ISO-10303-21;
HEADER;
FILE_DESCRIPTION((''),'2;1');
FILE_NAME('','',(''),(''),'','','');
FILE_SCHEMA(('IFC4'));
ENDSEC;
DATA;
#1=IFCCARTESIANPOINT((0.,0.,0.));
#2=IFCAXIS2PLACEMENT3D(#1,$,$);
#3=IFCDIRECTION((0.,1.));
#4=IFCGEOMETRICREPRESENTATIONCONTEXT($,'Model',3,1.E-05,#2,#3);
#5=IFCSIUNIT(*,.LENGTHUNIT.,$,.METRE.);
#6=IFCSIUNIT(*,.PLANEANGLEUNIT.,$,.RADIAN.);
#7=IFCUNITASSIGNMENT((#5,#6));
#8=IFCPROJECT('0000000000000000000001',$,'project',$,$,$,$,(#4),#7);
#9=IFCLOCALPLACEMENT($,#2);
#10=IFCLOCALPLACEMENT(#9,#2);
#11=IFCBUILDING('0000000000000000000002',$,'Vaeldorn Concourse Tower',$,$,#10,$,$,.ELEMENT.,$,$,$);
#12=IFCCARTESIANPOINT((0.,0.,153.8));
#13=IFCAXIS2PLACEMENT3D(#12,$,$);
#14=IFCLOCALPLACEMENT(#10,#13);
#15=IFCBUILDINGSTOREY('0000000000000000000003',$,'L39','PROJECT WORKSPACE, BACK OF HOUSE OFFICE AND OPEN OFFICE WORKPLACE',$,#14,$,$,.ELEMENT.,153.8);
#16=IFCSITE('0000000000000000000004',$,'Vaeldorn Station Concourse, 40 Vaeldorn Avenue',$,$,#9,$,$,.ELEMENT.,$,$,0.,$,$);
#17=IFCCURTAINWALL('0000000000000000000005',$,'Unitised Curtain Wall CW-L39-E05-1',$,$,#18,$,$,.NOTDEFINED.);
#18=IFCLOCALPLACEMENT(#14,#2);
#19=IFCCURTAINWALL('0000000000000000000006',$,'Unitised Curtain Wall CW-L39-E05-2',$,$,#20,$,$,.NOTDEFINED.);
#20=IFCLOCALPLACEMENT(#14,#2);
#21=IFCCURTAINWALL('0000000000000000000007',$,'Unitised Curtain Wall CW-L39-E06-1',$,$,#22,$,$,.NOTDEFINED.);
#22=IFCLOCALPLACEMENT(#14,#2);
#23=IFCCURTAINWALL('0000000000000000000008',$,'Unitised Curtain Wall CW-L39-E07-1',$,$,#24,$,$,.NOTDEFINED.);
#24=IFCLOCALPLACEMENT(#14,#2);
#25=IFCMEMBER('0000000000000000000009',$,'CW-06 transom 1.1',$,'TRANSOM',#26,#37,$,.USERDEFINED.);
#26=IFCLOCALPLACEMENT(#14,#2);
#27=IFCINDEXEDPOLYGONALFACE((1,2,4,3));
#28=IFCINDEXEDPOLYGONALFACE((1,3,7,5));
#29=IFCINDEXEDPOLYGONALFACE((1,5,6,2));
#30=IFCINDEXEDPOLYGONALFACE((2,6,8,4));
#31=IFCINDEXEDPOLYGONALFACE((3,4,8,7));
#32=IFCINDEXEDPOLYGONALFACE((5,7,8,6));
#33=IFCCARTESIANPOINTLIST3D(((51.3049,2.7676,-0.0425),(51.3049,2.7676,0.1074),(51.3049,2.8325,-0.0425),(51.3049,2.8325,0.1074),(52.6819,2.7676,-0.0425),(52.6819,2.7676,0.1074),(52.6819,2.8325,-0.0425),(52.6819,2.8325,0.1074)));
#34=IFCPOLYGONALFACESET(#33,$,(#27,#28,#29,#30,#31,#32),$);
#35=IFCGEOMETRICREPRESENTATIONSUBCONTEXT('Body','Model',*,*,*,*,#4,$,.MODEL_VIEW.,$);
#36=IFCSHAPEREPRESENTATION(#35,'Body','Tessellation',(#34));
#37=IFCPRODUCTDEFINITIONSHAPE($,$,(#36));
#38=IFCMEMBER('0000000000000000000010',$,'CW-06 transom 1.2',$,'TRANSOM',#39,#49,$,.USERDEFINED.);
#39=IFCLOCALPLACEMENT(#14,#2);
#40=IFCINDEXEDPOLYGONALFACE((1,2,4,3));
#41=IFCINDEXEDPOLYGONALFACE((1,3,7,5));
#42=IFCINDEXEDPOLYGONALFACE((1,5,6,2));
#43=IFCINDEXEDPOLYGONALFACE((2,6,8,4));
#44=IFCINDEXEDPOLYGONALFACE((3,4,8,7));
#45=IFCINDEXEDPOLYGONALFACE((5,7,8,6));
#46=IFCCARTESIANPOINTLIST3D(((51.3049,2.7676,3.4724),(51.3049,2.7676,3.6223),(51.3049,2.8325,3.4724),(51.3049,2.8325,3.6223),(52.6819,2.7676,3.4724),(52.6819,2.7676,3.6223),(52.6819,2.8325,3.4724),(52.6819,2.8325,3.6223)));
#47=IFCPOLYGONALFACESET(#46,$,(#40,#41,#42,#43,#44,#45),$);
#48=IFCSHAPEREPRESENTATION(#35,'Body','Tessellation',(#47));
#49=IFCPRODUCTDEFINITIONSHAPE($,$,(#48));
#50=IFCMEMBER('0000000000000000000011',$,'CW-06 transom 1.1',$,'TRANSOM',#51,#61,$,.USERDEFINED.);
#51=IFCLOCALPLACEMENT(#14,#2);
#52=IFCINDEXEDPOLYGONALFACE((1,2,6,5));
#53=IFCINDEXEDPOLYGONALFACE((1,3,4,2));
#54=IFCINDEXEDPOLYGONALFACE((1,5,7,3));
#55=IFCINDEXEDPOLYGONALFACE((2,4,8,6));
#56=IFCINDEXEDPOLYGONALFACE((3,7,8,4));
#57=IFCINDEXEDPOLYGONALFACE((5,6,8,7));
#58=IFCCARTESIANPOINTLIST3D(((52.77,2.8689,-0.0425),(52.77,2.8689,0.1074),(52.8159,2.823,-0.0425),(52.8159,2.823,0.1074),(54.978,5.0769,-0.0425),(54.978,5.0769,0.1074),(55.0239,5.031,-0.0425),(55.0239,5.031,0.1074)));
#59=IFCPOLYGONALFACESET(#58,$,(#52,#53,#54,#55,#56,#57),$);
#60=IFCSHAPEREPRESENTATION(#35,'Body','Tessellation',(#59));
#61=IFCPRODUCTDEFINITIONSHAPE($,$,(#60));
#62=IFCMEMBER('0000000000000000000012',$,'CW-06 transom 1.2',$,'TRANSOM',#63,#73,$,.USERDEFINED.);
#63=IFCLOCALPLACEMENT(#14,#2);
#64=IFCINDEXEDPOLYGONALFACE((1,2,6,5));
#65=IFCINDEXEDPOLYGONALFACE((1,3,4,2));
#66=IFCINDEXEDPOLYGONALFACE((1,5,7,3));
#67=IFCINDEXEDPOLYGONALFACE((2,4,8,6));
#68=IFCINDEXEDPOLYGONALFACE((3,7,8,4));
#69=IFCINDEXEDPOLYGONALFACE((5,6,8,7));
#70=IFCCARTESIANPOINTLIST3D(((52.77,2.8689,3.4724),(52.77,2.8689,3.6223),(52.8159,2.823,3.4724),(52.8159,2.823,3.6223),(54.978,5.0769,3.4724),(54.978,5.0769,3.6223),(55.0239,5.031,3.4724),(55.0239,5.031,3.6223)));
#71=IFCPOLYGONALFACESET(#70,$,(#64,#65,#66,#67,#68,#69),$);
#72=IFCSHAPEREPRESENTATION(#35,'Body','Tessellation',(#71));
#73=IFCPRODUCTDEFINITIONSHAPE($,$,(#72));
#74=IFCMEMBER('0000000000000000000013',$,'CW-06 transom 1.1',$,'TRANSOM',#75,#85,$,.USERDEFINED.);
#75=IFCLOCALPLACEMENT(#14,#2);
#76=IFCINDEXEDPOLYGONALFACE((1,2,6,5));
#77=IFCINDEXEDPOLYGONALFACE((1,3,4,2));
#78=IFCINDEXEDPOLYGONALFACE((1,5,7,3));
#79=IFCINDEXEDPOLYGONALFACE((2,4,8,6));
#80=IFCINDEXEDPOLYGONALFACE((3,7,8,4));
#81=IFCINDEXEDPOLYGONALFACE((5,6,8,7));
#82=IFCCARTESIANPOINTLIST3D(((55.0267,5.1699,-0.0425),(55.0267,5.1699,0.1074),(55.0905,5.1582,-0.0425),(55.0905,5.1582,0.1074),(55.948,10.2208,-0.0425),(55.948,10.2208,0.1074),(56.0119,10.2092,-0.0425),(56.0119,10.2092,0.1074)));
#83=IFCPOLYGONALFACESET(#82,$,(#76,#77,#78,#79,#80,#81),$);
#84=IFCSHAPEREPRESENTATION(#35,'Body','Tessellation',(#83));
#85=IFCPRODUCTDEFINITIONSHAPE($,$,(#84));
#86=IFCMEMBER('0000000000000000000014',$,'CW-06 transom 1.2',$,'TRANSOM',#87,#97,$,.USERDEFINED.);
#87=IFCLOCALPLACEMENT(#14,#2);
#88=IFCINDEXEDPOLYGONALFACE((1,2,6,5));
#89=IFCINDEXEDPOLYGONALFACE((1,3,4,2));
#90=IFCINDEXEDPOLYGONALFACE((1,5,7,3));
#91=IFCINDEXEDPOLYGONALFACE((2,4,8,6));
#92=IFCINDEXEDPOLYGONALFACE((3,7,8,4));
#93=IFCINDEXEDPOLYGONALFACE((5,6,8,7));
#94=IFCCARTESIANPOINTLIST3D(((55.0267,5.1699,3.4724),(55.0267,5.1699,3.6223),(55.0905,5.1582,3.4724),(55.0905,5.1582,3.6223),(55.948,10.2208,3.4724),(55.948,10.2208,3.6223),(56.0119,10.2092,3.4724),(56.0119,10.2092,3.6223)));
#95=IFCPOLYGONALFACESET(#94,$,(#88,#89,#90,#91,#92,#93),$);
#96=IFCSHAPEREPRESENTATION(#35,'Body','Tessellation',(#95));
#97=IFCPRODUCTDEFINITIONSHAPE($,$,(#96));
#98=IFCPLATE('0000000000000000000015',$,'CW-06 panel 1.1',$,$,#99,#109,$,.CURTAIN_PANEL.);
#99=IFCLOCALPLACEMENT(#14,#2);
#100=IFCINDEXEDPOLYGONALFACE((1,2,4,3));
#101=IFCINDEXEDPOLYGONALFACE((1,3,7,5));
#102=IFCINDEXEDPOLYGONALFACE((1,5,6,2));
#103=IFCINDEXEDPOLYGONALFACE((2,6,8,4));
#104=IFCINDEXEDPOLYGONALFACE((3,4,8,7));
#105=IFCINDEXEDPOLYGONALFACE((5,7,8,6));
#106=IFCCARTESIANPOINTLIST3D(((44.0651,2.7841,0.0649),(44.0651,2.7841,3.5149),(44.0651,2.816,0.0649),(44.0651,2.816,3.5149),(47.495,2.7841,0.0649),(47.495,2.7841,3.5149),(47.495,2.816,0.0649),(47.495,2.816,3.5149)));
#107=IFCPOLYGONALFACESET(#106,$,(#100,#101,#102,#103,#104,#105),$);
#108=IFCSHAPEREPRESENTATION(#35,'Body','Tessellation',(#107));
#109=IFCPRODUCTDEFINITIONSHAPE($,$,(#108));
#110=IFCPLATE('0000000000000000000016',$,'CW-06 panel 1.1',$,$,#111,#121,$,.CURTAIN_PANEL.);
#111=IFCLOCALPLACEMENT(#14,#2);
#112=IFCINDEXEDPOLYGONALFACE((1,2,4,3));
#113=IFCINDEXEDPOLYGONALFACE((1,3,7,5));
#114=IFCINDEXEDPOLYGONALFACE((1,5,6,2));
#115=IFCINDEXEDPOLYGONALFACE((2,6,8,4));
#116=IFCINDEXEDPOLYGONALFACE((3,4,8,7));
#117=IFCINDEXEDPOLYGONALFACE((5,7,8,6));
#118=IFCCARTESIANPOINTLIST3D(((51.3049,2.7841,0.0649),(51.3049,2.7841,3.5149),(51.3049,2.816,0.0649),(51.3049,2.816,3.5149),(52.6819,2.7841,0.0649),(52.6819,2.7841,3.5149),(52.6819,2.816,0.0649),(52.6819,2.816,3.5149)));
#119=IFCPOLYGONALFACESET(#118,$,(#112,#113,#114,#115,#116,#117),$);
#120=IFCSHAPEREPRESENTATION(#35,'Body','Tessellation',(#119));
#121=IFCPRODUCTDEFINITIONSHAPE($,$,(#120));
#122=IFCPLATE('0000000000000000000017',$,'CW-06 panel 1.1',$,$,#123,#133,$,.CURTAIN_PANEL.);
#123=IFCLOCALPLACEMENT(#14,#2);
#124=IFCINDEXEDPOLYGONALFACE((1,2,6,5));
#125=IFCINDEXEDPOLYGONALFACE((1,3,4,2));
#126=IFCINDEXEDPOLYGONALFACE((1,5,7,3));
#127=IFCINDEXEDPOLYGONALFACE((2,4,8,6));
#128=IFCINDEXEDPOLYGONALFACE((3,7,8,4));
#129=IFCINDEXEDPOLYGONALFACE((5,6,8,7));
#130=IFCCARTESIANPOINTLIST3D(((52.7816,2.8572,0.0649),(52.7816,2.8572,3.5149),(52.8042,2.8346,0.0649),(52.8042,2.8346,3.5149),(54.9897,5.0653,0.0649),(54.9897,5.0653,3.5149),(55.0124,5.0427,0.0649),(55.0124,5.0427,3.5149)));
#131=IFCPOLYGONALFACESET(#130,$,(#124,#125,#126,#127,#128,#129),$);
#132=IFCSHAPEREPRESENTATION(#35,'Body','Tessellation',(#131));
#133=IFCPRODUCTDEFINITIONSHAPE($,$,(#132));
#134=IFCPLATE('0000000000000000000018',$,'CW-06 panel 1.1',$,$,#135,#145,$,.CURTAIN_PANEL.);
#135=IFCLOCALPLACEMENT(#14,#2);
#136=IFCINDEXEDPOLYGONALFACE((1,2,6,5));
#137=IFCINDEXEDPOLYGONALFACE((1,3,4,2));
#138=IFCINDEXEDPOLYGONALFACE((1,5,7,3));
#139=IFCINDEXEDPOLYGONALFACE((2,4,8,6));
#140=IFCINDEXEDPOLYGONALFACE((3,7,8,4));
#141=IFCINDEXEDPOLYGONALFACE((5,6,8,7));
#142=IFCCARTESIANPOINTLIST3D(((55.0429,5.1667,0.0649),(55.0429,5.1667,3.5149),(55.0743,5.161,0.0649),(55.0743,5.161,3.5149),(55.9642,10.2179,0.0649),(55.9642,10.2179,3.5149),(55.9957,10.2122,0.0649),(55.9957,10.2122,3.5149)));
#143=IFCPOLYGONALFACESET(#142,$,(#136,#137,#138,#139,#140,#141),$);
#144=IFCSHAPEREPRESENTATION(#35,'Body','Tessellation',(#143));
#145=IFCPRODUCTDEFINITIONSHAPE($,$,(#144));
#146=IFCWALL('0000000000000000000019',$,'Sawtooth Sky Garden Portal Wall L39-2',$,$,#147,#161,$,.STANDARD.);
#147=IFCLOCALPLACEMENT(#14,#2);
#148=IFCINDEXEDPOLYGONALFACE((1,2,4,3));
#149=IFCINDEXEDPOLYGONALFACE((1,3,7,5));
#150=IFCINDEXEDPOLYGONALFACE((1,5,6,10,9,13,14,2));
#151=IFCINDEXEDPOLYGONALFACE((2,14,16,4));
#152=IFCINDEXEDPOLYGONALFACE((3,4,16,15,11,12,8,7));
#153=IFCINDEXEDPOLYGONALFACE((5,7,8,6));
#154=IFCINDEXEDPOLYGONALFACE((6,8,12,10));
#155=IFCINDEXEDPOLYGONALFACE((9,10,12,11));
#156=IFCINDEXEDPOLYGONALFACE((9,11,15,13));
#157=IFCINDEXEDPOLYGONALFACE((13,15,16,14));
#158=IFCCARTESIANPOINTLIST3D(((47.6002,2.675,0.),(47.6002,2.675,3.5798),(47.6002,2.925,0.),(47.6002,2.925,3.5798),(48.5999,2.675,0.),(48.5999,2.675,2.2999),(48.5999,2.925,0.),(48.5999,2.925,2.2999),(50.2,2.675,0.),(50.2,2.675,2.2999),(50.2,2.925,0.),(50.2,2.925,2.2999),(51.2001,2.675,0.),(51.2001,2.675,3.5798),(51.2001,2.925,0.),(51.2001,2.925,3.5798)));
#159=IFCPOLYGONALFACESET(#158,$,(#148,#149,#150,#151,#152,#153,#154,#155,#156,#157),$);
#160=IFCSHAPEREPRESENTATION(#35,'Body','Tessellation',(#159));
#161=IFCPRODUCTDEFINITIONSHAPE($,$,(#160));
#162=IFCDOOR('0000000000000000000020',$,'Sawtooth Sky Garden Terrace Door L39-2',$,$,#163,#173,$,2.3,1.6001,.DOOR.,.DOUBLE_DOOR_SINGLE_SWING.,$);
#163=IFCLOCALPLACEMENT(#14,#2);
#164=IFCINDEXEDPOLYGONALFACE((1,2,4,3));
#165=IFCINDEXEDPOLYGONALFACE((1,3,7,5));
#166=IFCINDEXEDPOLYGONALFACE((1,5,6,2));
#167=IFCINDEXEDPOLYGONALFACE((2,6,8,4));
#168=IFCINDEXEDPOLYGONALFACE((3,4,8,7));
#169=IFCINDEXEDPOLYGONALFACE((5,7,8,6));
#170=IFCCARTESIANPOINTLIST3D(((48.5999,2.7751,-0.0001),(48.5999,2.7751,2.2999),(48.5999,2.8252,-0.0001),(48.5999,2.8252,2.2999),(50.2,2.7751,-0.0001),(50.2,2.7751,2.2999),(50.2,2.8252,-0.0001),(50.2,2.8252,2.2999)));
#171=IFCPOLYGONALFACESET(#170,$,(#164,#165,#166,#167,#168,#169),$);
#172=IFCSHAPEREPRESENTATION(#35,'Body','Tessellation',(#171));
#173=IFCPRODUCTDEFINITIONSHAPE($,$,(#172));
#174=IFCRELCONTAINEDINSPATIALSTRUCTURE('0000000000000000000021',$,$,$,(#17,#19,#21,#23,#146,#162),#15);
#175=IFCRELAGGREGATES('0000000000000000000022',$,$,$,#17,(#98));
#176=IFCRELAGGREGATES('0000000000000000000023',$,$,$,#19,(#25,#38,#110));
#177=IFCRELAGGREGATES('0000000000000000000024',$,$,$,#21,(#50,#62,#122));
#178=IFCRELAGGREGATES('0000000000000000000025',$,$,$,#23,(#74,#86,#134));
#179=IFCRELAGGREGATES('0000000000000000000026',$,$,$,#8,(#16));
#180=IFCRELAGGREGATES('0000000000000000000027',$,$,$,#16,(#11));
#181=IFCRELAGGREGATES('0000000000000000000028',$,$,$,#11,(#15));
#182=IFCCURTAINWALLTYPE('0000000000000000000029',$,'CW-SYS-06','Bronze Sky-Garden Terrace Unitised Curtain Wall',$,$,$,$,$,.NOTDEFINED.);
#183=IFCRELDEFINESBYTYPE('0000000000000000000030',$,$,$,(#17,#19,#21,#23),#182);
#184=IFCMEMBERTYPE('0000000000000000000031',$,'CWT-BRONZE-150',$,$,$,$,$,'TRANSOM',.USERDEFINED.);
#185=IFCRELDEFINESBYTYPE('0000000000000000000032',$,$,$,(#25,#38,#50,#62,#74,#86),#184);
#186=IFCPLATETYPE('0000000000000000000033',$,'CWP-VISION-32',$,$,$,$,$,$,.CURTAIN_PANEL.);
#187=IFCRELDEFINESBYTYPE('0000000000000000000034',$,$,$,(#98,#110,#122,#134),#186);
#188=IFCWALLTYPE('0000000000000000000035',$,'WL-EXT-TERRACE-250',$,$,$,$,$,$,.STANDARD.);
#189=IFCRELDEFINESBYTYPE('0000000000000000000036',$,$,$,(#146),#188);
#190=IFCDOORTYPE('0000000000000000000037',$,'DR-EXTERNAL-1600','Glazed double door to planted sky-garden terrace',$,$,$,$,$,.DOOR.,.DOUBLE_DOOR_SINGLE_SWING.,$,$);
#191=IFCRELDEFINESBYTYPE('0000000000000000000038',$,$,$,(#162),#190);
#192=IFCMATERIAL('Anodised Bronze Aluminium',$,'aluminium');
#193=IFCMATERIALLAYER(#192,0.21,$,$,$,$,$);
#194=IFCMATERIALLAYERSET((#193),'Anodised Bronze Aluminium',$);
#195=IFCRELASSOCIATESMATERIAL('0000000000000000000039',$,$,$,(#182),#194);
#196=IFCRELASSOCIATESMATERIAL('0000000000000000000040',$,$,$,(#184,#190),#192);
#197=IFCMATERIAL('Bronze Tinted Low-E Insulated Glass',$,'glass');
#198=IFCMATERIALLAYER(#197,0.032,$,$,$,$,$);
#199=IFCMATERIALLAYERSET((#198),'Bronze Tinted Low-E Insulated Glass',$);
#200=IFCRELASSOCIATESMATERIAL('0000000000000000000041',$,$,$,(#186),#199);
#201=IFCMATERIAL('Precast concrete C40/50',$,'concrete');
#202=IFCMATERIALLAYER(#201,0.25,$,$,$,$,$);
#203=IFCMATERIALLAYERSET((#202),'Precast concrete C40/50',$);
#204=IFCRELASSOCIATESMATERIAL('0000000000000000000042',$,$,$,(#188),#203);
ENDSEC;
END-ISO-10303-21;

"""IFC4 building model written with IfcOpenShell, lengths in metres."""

from ifc_helpers import new_model, si_unit, direction, frame, frame_2d, origin, origin_2d, place, context, subcontext, project, spatial, rectangle, extrude, source, transform, mapped, material, layer, layer_set, material_profile, profile_set, type_object, element, fill, aggregate, save


model = new_model("IFC4")

# Units and contexts
model_context = context("Model", 3, precision=1e-05, world=origin(), true_north=direction((0.0, 1.0)))
body_context = subcontext(model_context, "Body", "Model", "MODEL_VIEW")
ifc_project = project(units=[si_unit("LENGTHUNIT", "METRE"), si_unit("PLANEANGLEUNIT", "RADIAN")], contexts=[model_context])

# Site, building, storey
site_placement = place(None, origin())
site = spatial("IfcSite", under=ifc_project, at=site_placement, Name="Vaeldorn Station Concourse, 40 Vaeldorn Avenue", CompositionType="ELEMENT", RefElevation=0.0)
building_placement = place(site_placement, origin())
building = spatial("IfcBuilding", under=site, at=building_placement, Name="Vaeldorn Concourse Tower", CompositionType="ELEMENT")
storey_placement = place(building_placement, frame((0.0, 0.0, 153.8)))
storey = spatial("IfcBuildingStorey", under=building, at=storey_placement, Name="L39", Description="PROJECT WORKSPACE, BACK OF HOUSE OFFICE AND OPEN OFFICE WORKPLACE", CompositionType="ELEMENT", Elevation=153.8)

# Curtain wall
ifc_material_1 = material(Name="Anodised Bronze Aluminium", Category="aluminium")
ifc_layer_1 = layer(ifc_material_1, 0.21)
ifc_layer_set_1 = layer_set([ifc_layer_1], Name="Anodised Bronze Aluminium")
curtain_wall_type = type_object("IfcCurtainWallType", Name="CW-SYS-06", Description="Bronze Sky-Garden Terrace Unitised Curtain Wall", PredefinedType="NOTDEFINED", material=ifc_layer_set_1)
curtain_wall_1_placement = place(storey_placement, origin())
curtain_wall_1 = element("IfcCurtainWall", 1, at=curtain_wall_1_placement, inside=storey, type_object=curtain_wall_type, Name="Unitised Curtain Wall CW-L39-E05-1", PredefinedType="NOTDEFINED")

# Curtain walls
curtain_wall_2_placement = place(storey_placement, origin())
curtain_wall_2 = element("IfcCurtainWall", 2, at=curtain_wall_2_placement, inside=storey, type_object=curtain_wall_type, Name="Unitised Curtain Wall CW-L39-E05-2", PredefinedType="NOTDEFINED")
curtain_wall_3_placement = place(storey_placement, origin())
curtain_wall_3 = element("IfcCurtainWall", 3, at=curtain_wall_3_placement, inside=storey, type_object=curtain_wall_type, Name="Unitised Curtain Wall CW-L39-E06-1", PredefinedType="NOTDEFINED")
curtain_wall_4_placement = place(storey_placement, origin())
curtain_wall_4 = element("IfcCurtainWall", 4, at=curtain_wall_4_placement, inside=storey, type_object=curtain_wall_type, Name="Unitised Curtain Wall CW-L39-E07-1", PredefinedType="NOTDEFINED")

# Members
ifc_material_profile_1 = material_profile(ifc_material_1, rectangle(XDim=0.0649, YDim=0.1499, at=origin_2d()), Name="CWT 65x150")
ifc_profile_set_1 = profile_set([ifc_material_profile_1], Name="Anodised Bronze Aluminium")
member_type_1 = type_object("IfcMemberType", Name="CWT-BRONZE-150", ElementType="TRANSOM", PredefinedType="USERDEFINED", material=ifc_profile_set_1)
shared_shape_1 = source(origin(), body_context, "Body", "SweptSolid", [
    extrude(rectangle(XDim=0.0649, YDim=0.1499, at=origin_2d()), origin(), (0.0, 0.0, 1.0), 1.377),
])
member_1_placement = place(storey_placement, frame((51.3049, 2.8, 0.0325), z_axis=(1.0, 0.0, 0.0), x_axis=(0.0, 1.0, 0.0)))
member_1 = element("IfcMember", 5, at=member_1_placement, type_object=member_type_1, Name="CW-06 transom 1.1", ObjectType="TRANSOM", PredefinedType="USERDEFINED", context=body_context, shape_type="MappedRepresentation", body=[
    mapped(shared_shape_1, transform((0.0, 0.0, 0.0), scale=1.0)),
])
member_2_placement = place(storey_placement, frame((51.3049, 2.8, 3.5474), z_axis=(1.0, 0.0, 0.0), x_axis=(0.0, 1.0, 0.0)))
member_2 = element("IfcMember", 6, at=member_2_placement, type_object=member_type_1, Name="CW-06 transom 1.2", ObjectType="TRANSOM", PredefinedType="USERDEFINED", context=body_context, shape_type="MappedRepresentation", body=[
    mapped(shared_shape_1, transform((0.0, 0.0, 0.0), scale=1.0)),
])
shared_shape_2 = source(origin(), body_context, "Body", "SweptSolid", [
    extrude(rectangle(XDim=0.0649, YDim=0.1499, at=origin_2d()), origin(), (0.0, 0.0, 1.0), 3.1226),
])
member_3_placement = place(storey_placement, frame((52.793, 2.8459, 0.0325), z_axis=(0.707107, 0.707107, 0.0), x_axis=(-0.707107, 0.707107, 0.0)))
member_3 = element("IfcMember", 7, at=member_3_placement, type_object=member_type_1, Name="CW-06 transom 1.1", ObjectType="TRANSOM", PredefinedType="USERDEFINED", context=body_context, shape_type="MappedRepresentation", body=[
    mapped(shared_shape_2, transform((0.0, 0.0, 0.0), scale=1.0)),
])
member_4_placement = place(storey_placement, frame((52.793, 2.8459, 3.5474), z_axis=(0.707107, 0.707107, 0.0), x_axis=(-0.707107, 0.707107, 0.0)))
member_4 = element("IfcMember", 8, at=member_4_placement, type_object=member_type_1, Name="CW-06 transom 1.2", ObjectType="TRANSOM", PredefinedType="USERDEFINED", context=body_context, shape_type="MappedRepresentation", body=[
    mapped(shared_shape_2, transform((0.0, 0.0, 0.0), scale=1.0)),
])
shared_shape_3 = source(origin(), body_context, "Body", "SweptSolid", [
    extrude(rectangle(XDim=0.0649, YDim=0.1499, at=origin_2d()), origin(), (0.0, 0.0, 1.0), 5.1343),
])
member_5_placement = place(storey_placement, frame((55.0586, 5.1641, 0.0325), z_axis=(0.179454, 0.983766, 0.0), x_axis=(-0.983766, 0.179454, 0.0)))
member_5 = element("IfcMember", 9, at=member_5_placement, type_object=member_type_1, Name="CW-06 transom 1.1", ObjectType="TRANSOM", PredefinedType="USERDEFINED", context=body_context, shape_type="MappedRepresentation", body=[
    mapped(shared_shape_3, transform((0.0, 0.0, 0.0), scale=1.0)),
])
member_6_placement = place(storey_placement, frame((55.0586, 5.1641, 3.5474), z_axis=(0.179454, 0.983766, 0.0), x_axis=(-0.983766, 0.179454, 0.0)))
member_6 = element("IfcMember", 10, at=member_6_placement, type_object=member_type_1, Name="CW-06 transom 1.2", ObjectType="TRANSOM", PredefinedType="USERDEFINED", context=body_context, shape_type="MappedRepresentation", body=[
    mapped(shared_shape_3, transform((0.0, 0.0, 0.0), scale=1.0)),
])

# Plates
ifc_material_2 = material(Name="Bronze Tinted Low-E Insulated Glass", Category="glass")
ifc_layer_2 = layer(ifc_material_2, 0.032)
ifc_layer_set_2 = layer_set([ifc_layer_2], Name="Bronze Tinted Low-E Insulated Glass")
plate_type = type_object("IfcPlateType", Name="CWP-VISION-32", PredefinedType="CURTAIN_PANEL", material=ifc_layer_set_2)
shared_shape_4 = source(origin(), body_context, "Body", "SweptSolid", [
    extrude(rectangle(XDim=3.4299, YDim=0.032, at=origin_2d()), origin(), (0.0, 0.0, 1.0), 3.45),
])
plate_1_placement = place(storey_placement, frame((45.78, 2.8, 0.0649), z_axis=(0.0, 0.0, 1.0), x_axis=(1.0, 0.0, 0.0)))
plate_1 = element("IfcPlate", 11, at=plate_1_placement, type_object=plate_type, Name="CW-06 panel 1.1", PredefinedType="CURTAIN_PANEL", context=body_context, shape_type="MappedRepresentation", body=[
    mapped(shared_shape_4, transform((0.0, 0.0, 0.0), scale=1.0)),
])
aggregate(curtain_wall_1, [plate_1])
shared_shape_5 = source(origin(), body_context, "Body", "SweptSolid", [
    extrude(rectangle(XDim=1.377, YDim=0.032, at=origin_2d()), origin(), (0.0, 0.0, 1.0), 3.45),
])
plate_2_placement = place(storey_placement, frame((51.9934, 2.8, 0.0649), z_axis=(0.0, 0.0, 1.0), x_axis=(1.0, 0.0, 0.0)))
plate_2 = element("IfcPlate", 12, at=plate_2_placement, type_object=plate_type, Name="CW-06 panel 1.1", PredefinedType="CURTAIN_PANEL", context=body_context, shape_type="MappedRepresentation", body=[
    mapped(shared_shape_5, transform((0.0, 0.0, 0.0), scale=1.0)),
])
aggregate(curtain_wall_2, [member_1, member_2, plate_2])
shared_shape_6 = source(origin(), body_context, "Body", "SweptSolid", [
    extrude(rectangle(XDim=3.1228, YDim=0.032, at=origin_2d()), origin(), (0.0, 0.0, 1.0), 3.45),
])
plate_3_placement = place(storey_placement, frame((53.897, 3.95, 0.0649), z_axis=(0.0, 0.0, 1.0), x_axis=(0.707107, 0.707107, 0.0)))
plate_3 = element("IfcPlate", 13, at=plate_3_placement, type_object=plate_type, Name="CW-06 panel 1.1", PredefinedType="CURTAIN_PANEL", context=body_context, shape_type="MappedRepresentation", body=[
    mapped(shared_shape_6, transform((0.0, 0.0, 0.0), scale=1.0)),
])
aggregate(curtain_wall_3, [member_3, member_4, plate_3])
shared_shape_7 = source(origin(), body_context, "Body", "SweptSolid", [
    extrude(rectangle(XDim=5.1345, YDim=0.032, at=origin_2d()), origin(), (0.0, 0.0, 1.0), 3.45),
])
plate_4_placement = place(storey_placement, frame((55.5193, 7.6895, 0.0649), z_axis=(0.0, 0.0, 1.0), x_axis=(0.179446, 0.983768, 0.0)))
plate_4 = element("IfcPlate", 14, at=plate_4_placement, type_object=plate_type, Name="CW-06 panel 1.1", PredefinedType="CURTAIN_PANEL", context=body_context, shape_type="MappedRepresentation", body=[
    mapped(shared_shape_7, transform((0.0, 0.0, 0.0), scale=1.0)),
])
aggregate(curtain_wall_4, [member_5, member_6, plate_4])

# Wall, opening, door
ifc_material_3 = material(Name="Precast concrete C40/50", Category="concrete")
ifc_layer_3 = layer(ifc_material_3, 0.25)
ifc_layer_set_3 = layer_set([ifc_layer_3], Name="Precast concrete C40/50")
wall_type_1 = type_object("IfcWallType", Name="WL-EXT-TERRACE-250", PredefinedType="STANDARD", material=ifc_layer_set_3)
wall_1_placement = place(storey_placement, frame((51.2, 2.8, 0.0), z_axis=(0.0, 0.0, 1.0), x_axis=(-1.0, 0.0, 0.0)))
wall_1 = element("IfcWall", 15, at=wall_1_placement, inside=storey, type_object=wall_type_1, Name="Sawtooth Sky Garden Portal Wall L39-2", PredefinedType="STANDARD", context=body_context, shape_type="SweptSolid", body=[
    extrude(rectangle(XDim=3.5999, YDim=0.25, at=frame_2d((1.7998, 0.0))), origin(), (0.0, 0.0, 1.0), 3.5798),
])
opening_1_placement = place(wall_1_placement, frame((1.0, 0.0, 0.0)))
opening_1 = element("IfcOpeningElement", 16, at=opening_1_placement, cuts=wall_1, PredefinedType="OPENING", context=body_context, shape_type="SweptSolid", body=[
    extrude(rectangle(XDim=1.6001, YDim=2.3, at=frame_2d((0.8, 1.1499))), frame((0.0, 0.135, 0.0), z_axis=(0.0, -1.0, 0.0), x_axis=(1.0, 0.0, 0.0)), (0.0, 0.0, 1.0), 0.27),
])
door_type_1 = type_object("IfcDoorType", Name="DR-EXTERNAL-1600", Description="Glazed double door to planted sky-garden terrace", OperationType="DOUBLE_DOOR_SINGLE_SWING", PredefinedType="DOOR", material=ifc_material_1)
shared_shape_8 = source(origin(), body_context, "Body", "SweptSolid", [
    extrude(rectangle(XDim=1.6001, YDim=2.3, at=frame_2d((0.8, 1.1499))), frame((0.0, 0.0249, 0.0), z_axis=(0.0, -1.0, 0.0), x_axis=(1.0, 0.0, 0.0)), (0.0, 0.0, 1.0), 0.05),
])
door_1_placement = place(opening_1_placement, origin())
door_1 = element("IfcDoor", 17, at=door_1_placement, inside=storey, type_object=door_type_1, Name="Sawtooth Sky Garden Terrace Door L39-2", OperationType="DOUBLE_DOOR_SINGLE_SWING", OverallHeight=2.3, OverallWidth=1.6001, PredefinedType="DOOR", context=body_context, shape_type="MappedRepresentation", body=[
    mapped(shared_shape_8, transform((0.0, 0.0, 0.0), scale=1.0)),
])
fill(opening_1, door_1)

save(model, "model.ifc")
